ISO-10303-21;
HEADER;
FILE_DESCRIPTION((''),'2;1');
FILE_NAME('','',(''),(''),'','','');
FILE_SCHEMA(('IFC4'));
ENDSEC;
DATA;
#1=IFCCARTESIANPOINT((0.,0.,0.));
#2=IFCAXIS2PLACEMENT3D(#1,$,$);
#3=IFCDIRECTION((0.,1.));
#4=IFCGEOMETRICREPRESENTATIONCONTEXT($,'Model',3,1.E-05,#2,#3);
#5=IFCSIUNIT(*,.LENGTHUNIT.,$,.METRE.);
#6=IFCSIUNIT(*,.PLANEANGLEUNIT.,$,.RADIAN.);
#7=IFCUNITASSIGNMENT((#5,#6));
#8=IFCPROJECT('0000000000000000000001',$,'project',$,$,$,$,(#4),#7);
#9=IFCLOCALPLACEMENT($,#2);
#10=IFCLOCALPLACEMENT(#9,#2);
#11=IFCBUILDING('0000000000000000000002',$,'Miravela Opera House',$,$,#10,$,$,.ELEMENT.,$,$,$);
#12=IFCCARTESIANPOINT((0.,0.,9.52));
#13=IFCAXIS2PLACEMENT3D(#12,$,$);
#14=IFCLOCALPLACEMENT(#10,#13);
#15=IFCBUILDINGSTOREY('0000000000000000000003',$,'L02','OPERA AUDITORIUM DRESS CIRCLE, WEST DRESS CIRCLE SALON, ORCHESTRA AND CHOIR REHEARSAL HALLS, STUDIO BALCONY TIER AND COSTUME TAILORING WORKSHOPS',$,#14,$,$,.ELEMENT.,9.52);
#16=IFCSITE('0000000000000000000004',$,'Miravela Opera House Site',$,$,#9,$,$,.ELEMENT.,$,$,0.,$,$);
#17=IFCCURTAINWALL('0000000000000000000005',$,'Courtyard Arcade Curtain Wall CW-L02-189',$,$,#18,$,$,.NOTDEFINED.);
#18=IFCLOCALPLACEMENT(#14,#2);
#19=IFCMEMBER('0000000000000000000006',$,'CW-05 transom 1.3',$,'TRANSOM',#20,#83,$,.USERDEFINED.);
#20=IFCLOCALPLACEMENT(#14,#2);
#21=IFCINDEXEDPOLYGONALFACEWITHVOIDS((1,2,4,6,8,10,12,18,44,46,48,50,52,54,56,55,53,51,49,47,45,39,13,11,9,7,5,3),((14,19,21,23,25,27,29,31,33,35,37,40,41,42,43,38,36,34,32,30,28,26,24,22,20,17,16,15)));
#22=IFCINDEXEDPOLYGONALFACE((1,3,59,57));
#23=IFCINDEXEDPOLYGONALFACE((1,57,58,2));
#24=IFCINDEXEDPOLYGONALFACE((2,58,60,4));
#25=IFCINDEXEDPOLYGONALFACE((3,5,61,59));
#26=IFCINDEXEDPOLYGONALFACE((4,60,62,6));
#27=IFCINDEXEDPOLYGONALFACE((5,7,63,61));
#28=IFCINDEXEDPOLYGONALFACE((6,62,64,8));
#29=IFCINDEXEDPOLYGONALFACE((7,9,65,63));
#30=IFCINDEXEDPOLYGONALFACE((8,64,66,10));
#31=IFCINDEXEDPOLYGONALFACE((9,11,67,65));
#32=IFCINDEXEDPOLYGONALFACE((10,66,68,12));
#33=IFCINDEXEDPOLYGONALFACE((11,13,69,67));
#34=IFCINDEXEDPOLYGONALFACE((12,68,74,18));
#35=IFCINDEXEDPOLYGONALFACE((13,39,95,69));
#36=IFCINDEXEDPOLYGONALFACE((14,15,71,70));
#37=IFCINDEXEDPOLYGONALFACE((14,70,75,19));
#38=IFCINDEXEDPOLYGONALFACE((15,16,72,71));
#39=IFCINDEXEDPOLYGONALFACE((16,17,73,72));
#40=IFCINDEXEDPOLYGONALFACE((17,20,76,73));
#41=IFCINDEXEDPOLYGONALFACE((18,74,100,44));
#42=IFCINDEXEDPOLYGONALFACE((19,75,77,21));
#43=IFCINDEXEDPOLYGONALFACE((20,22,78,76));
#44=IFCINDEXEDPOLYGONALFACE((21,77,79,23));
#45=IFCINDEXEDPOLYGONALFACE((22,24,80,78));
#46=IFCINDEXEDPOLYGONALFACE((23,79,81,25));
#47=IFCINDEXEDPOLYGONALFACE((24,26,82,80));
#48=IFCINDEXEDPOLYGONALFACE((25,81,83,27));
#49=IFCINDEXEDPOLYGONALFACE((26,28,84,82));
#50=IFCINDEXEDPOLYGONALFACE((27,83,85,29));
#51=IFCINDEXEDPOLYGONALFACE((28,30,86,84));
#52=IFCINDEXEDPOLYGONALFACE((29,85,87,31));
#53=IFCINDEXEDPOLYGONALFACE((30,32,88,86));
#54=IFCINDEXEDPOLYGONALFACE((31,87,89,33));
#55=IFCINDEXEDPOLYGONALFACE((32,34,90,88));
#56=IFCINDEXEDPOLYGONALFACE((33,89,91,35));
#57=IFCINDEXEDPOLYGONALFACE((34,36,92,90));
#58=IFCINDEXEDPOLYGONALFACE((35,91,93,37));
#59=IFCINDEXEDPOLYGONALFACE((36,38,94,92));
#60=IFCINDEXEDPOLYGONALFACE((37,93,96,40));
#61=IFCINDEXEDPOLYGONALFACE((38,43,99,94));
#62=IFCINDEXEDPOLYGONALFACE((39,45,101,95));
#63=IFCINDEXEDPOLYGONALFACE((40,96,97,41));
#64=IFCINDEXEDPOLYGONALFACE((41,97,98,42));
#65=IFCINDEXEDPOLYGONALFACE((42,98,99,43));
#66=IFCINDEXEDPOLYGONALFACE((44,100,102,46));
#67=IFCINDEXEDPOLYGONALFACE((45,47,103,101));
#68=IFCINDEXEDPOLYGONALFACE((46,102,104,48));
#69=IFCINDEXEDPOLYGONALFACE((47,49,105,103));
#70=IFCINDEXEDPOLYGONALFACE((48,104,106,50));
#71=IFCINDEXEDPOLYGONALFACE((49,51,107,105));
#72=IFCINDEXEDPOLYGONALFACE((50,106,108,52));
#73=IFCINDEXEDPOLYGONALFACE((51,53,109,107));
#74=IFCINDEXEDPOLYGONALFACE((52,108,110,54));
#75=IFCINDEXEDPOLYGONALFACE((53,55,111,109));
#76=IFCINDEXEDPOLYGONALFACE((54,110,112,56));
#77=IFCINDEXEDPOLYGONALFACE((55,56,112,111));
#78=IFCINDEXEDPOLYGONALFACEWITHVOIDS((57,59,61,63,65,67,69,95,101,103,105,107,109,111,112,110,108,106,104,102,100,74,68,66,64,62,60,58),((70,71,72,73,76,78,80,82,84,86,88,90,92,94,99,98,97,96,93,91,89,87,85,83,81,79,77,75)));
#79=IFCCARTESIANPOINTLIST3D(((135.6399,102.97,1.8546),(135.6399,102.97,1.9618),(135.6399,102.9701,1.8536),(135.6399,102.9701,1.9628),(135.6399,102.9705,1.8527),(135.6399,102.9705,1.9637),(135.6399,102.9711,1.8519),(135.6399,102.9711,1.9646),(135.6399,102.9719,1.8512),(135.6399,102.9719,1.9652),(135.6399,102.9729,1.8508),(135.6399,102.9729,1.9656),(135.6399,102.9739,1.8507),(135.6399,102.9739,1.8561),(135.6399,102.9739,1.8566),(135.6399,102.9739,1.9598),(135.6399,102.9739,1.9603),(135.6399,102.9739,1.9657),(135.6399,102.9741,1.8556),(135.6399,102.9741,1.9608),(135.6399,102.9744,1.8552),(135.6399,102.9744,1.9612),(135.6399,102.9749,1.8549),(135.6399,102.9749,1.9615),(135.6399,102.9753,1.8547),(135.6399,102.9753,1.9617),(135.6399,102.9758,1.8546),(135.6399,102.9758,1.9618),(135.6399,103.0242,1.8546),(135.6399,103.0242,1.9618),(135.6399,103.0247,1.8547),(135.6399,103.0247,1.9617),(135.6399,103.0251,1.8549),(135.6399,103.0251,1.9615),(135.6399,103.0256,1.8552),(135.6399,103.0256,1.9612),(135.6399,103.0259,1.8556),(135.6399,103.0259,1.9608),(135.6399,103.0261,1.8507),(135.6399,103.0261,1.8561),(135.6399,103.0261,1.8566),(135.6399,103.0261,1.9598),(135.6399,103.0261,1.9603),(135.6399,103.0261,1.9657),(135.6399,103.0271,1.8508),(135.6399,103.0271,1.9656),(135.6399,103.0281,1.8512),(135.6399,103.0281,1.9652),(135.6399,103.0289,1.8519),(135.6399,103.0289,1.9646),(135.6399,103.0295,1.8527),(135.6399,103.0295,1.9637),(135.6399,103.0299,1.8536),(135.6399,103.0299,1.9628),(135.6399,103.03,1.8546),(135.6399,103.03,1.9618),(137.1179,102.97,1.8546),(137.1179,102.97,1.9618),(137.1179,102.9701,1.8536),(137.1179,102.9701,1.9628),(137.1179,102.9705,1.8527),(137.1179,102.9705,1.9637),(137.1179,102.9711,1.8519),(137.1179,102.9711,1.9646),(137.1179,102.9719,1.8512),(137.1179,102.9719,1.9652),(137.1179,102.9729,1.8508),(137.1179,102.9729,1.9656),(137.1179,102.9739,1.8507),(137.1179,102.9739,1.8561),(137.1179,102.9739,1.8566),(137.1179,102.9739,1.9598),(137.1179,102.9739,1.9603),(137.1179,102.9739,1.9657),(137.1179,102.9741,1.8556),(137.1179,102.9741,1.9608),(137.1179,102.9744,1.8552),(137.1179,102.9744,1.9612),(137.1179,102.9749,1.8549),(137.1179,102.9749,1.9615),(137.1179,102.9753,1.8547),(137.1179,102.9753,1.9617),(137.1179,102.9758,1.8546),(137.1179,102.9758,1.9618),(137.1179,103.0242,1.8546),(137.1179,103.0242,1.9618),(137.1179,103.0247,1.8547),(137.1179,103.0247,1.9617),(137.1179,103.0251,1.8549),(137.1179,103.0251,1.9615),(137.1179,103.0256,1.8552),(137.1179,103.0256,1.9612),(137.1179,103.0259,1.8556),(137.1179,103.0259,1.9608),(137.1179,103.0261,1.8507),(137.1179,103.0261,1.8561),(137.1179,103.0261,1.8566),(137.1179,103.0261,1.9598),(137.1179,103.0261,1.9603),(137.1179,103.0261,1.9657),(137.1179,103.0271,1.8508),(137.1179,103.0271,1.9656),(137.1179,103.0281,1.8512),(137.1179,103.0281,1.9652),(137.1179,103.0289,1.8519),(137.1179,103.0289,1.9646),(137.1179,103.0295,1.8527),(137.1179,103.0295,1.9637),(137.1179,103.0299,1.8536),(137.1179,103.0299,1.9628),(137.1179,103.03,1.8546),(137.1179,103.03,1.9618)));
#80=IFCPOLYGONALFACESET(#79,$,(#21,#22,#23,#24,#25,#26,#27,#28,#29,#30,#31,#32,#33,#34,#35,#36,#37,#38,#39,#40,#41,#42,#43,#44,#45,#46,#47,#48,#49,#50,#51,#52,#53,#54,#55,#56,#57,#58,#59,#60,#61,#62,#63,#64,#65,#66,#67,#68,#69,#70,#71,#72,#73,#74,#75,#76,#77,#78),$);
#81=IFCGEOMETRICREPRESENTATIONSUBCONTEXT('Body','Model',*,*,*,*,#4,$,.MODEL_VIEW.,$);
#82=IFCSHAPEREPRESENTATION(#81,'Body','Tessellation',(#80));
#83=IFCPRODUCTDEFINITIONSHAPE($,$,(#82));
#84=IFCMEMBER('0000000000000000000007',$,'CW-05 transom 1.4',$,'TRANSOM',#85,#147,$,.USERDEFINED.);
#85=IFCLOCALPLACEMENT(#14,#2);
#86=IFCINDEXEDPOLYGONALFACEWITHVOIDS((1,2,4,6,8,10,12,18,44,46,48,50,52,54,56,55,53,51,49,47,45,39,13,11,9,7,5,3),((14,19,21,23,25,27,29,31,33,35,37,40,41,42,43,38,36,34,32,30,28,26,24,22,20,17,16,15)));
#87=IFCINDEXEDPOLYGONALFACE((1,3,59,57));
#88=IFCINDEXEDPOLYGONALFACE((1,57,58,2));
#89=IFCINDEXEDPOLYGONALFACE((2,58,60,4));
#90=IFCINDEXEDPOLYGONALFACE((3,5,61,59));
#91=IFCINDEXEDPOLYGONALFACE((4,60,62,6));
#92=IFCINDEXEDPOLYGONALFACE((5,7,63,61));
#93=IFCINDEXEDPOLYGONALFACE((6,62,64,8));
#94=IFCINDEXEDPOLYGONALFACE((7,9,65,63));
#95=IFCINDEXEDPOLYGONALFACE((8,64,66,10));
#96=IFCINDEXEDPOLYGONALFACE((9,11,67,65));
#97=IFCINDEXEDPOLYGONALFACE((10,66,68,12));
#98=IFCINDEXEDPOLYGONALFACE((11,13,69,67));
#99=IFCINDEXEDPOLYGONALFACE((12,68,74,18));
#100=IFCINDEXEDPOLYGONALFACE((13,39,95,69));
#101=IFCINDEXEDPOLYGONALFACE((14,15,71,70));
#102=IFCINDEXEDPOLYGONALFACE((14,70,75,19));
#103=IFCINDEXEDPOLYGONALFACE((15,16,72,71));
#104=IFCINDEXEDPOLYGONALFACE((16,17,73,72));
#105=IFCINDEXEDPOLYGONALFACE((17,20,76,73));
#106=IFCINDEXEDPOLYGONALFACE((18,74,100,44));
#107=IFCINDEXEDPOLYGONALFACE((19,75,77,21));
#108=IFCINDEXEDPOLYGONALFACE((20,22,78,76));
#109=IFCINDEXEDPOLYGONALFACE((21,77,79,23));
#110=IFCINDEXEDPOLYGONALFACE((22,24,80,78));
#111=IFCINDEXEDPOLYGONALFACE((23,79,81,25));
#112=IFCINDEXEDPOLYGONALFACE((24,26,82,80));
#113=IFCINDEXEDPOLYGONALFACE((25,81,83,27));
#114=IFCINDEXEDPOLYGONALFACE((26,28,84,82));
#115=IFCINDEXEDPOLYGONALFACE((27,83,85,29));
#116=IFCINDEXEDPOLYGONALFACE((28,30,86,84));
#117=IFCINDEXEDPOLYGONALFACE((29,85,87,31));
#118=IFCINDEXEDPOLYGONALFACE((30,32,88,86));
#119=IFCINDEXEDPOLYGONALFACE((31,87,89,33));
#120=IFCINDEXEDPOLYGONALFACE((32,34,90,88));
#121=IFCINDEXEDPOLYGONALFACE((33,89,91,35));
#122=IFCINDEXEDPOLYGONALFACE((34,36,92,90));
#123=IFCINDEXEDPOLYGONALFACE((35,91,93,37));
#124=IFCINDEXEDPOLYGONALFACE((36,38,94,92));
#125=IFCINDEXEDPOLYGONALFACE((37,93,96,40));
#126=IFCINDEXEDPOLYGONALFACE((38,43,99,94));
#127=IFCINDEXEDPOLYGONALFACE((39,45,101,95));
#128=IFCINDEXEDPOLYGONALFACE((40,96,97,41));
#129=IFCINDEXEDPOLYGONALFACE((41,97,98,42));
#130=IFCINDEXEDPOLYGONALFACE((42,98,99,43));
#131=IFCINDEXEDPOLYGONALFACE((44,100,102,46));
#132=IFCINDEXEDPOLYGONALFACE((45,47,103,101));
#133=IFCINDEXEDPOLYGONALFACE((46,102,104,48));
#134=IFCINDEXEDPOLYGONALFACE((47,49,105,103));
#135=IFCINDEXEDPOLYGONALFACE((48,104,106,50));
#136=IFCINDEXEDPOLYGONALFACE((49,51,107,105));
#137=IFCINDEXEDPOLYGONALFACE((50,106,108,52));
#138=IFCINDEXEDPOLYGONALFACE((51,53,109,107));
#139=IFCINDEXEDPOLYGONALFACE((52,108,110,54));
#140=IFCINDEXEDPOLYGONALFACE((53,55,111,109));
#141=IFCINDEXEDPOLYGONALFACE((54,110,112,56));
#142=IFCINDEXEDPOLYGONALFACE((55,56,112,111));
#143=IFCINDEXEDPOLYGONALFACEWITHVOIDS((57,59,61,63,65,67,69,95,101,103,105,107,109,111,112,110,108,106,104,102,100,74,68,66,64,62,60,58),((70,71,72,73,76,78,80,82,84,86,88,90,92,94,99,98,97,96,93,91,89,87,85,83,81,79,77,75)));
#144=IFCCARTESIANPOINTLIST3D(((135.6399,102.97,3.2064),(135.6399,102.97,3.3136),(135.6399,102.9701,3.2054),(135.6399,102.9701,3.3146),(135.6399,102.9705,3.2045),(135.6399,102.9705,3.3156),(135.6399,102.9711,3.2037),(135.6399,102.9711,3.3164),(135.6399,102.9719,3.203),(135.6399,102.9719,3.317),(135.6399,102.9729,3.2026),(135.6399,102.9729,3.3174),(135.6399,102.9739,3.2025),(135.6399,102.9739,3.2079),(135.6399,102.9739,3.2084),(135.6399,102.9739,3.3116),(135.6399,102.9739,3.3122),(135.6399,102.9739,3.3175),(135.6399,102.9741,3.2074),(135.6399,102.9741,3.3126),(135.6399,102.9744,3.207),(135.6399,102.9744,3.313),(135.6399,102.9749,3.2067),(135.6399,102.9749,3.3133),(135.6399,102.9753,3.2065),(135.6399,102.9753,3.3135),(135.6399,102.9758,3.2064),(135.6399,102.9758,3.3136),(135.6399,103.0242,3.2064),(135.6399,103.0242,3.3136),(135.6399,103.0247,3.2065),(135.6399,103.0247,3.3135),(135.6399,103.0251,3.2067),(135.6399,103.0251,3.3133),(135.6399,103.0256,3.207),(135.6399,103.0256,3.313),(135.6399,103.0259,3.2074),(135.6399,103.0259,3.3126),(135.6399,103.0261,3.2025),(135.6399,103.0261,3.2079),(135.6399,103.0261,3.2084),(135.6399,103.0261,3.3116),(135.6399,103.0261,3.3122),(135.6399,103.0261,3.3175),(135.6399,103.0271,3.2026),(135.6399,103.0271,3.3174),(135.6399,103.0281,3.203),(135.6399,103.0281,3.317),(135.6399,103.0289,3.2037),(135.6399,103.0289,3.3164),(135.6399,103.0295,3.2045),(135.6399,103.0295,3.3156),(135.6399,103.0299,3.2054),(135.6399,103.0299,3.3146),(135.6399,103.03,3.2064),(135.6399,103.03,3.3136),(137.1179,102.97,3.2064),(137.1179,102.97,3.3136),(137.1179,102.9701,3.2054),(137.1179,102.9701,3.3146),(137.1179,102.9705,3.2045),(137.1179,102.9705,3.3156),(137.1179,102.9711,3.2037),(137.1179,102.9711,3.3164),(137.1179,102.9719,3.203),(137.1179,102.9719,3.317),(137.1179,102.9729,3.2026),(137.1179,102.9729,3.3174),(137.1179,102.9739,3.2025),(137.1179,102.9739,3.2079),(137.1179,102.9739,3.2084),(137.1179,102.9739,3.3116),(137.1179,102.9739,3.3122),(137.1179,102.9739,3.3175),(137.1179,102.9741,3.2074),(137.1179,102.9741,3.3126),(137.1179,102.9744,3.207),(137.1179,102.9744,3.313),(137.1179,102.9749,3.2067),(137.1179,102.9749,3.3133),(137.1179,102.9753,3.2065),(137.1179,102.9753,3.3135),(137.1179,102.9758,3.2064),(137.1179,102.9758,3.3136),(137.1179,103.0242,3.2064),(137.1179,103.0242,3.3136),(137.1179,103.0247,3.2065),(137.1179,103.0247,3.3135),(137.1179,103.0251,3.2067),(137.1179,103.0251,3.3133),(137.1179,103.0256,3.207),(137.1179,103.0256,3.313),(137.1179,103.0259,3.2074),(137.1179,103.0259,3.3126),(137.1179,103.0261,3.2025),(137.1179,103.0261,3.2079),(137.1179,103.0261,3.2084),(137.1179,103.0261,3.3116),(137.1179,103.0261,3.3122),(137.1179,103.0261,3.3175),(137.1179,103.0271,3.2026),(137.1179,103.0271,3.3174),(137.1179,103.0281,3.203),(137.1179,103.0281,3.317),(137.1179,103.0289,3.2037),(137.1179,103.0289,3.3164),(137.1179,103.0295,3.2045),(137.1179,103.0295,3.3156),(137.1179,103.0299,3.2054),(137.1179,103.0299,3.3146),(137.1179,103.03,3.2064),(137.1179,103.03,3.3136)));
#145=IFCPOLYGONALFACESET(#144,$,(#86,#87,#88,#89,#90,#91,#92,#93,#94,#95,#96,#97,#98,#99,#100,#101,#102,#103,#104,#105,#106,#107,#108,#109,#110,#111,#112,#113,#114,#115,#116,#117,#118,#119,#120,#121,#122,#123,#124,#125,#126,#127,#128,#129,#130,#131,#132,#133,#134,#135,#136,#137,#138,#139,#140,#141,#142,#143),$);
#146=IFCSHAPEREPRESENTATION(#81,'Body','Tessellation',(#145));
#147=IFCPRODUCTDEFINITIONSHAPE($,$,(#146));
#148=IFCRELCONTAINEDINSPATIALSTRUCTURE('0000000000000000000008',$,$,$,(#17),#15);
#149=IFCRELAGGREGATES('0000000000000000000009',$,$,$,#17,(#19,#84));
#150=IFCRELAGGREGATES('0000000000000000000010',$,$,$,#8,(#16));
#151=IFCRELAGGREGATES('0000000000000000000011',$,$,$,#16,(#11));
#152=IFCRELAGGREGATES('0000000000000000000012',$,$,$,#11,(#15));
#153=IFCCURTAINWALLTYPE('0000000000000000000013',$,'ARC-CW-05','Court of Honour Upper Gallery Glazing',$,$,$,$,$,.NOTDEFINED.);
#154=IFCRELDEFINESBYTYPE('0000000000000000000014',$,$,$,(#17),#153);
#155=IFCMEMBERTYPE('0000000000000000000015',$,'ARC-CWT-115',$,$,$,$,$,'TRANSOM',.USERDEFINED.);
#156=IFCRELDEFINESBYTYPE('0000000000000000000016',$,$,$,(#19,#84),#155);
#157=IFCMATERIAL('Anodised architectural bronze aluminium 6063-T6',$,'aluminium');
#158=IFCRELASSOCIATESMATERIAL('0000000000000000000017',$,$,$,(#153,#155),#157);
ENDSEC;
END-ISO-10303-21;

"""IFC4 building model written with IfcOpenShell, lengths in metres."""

from ifc_helpers import new_model, si_unit, direction, frame, origin, origin_2d, place, context, subcontext, project, spatial, hollow_rectangle, extrude, material, material_profile, profile_set, type_object, element, aggregate, save


model = new_model("IFC4")

# Units and contexts
model_context = context("Model", 3, precision=1e-05, world=origin(), true_north=direction((0.0, 1.0)))
body_context = subcontext(model_context, "Body", "Model", "MODEL_VIEW")
ifc_project = project(units=[si_unit("LENGTHUNIT", "METRE"), si_unit("PLANEANGLEUNIT", "RADIAN")], contexts=[model_context])

# Site, building, storey
site_placement = place(None, origin())
site = spatial("IfcSite", under=ifc_project, at=site_placement, Name="Miravela Opera House Site", CompositionType="ELEMENT", RefElevation=0.0)
building_placement = place(site_placement, origin())
building = spatial("IfcBuilding", under=site, at=building_placement, Name="Miravela Opera House", CompositionType="ELEMENT")
storey_placement = place(building_placement, frame((0.0, 0.0, 9.52)))
storey = spatial("IfcBuildingStorey", under=building, at=storey_placement, Name="L02", Description="OPERA AUDITORIUM DRESS CIRCLE, WEST DRESS CIRCLE SALON, ORCHESTRA AND CHOIR REHEARSAL HALLS, STUDIO BALCONY TIER AND COSTUME TAILORING WORKSHOPS", CompositionType="ELEMENT", Elevation=9.52)

# Shared definitions
ifc_material_1 = material(Name="Anodised architectural bronze aluminium 6063-T6", Category="aluminium")
curtain_wall_type = type_object("IfcCurtainWallType", Name="ARC-CW-05", Description="Court of Honour Upper Gallery Glazing", PredefinedType="NOTDEFINED", material=ifc_material_1)

# Curtain wall
curtain_wall_1_placement = place(storey_placement, origin())
curtain_wall_1 = element("IfcCurtainWall", 1, at=curtain_wall_1_placement, inside=storey, type_object=curtain_wall_type, Name="Courtyard Arcade Curtain Wall CW-L02-189", PredefinedType="NOTDEFINED")

# Members
ifc_material_profile_1 = material_profile(ifc_material_1, hollow_rectangle(XDim=0.0601, YDim=0.115, WallThickness=0.0039, InnerFilletRadius=0.002, OuterFilletRadius=0.0039, at=origin_2d()), Name="CWT-60X115")
ifc_profile_set_1 = profile_set([ifc_material_profile_1])
member_type_1 = type_object("IfcMemberType", Name="ARC-CWT-115", ElementType="TRANSOM", PredefinedType="USERDEFINED", material=ifc_profile_set_1)
member_1_placement = place(storey_placement, frame((135.6399, 103.0, 1.9082), z_axis=(1.0, 0.0, 0.0), x_axis=(0.0, 1.0, 0.0)))
member_1 = element("IfcMember", 2, at=member_1_placement, type_object=member_type_1, Name="CW-05 transom 1.3", ObjectType="TRANSOM", PredefinedType="USERDEFINED", context=body_context, shape_type="SweptSolid", body=[
    extrude(hollow_rectangle(XDim=0.0601, YDim=0.115, WallThickness=0.0039, InnerFilletRadius=0.002, OuterFilletRadius=0.0039, at=origin_2d()), origin(), (0.0, 0.0, 1.0), 1.478),
])
member_2_placement = place(storey_placement, frame((135.6399, 103.0, 3.26), z_axis=(1.0, 0.0, 0.0), x_axis=(0.0, 1.0, 0.0)))
member_2 = element("IfcMember", 3, at=member_2_placement, type_object=member_type_1, Name="CW-05 transom 1.4", ObjectType="TRANSOM", PredefinedType="USERDEFINED", context=body_context, shape_type="SweptSolid", body=[
    extrude(hollow_rectangle(XDim=0.0601, YDim=0.115, WallThickness=0.0039, InnerFilletRadius=0.002, OuterFilletRadius=0.0039, at=origin_2d()), origin(), (0.0, 0.0, 1.0), 1.478),
])

aggregate(curtain_wall_1, [member_1, member_2])

save(model, "model.ifc")
